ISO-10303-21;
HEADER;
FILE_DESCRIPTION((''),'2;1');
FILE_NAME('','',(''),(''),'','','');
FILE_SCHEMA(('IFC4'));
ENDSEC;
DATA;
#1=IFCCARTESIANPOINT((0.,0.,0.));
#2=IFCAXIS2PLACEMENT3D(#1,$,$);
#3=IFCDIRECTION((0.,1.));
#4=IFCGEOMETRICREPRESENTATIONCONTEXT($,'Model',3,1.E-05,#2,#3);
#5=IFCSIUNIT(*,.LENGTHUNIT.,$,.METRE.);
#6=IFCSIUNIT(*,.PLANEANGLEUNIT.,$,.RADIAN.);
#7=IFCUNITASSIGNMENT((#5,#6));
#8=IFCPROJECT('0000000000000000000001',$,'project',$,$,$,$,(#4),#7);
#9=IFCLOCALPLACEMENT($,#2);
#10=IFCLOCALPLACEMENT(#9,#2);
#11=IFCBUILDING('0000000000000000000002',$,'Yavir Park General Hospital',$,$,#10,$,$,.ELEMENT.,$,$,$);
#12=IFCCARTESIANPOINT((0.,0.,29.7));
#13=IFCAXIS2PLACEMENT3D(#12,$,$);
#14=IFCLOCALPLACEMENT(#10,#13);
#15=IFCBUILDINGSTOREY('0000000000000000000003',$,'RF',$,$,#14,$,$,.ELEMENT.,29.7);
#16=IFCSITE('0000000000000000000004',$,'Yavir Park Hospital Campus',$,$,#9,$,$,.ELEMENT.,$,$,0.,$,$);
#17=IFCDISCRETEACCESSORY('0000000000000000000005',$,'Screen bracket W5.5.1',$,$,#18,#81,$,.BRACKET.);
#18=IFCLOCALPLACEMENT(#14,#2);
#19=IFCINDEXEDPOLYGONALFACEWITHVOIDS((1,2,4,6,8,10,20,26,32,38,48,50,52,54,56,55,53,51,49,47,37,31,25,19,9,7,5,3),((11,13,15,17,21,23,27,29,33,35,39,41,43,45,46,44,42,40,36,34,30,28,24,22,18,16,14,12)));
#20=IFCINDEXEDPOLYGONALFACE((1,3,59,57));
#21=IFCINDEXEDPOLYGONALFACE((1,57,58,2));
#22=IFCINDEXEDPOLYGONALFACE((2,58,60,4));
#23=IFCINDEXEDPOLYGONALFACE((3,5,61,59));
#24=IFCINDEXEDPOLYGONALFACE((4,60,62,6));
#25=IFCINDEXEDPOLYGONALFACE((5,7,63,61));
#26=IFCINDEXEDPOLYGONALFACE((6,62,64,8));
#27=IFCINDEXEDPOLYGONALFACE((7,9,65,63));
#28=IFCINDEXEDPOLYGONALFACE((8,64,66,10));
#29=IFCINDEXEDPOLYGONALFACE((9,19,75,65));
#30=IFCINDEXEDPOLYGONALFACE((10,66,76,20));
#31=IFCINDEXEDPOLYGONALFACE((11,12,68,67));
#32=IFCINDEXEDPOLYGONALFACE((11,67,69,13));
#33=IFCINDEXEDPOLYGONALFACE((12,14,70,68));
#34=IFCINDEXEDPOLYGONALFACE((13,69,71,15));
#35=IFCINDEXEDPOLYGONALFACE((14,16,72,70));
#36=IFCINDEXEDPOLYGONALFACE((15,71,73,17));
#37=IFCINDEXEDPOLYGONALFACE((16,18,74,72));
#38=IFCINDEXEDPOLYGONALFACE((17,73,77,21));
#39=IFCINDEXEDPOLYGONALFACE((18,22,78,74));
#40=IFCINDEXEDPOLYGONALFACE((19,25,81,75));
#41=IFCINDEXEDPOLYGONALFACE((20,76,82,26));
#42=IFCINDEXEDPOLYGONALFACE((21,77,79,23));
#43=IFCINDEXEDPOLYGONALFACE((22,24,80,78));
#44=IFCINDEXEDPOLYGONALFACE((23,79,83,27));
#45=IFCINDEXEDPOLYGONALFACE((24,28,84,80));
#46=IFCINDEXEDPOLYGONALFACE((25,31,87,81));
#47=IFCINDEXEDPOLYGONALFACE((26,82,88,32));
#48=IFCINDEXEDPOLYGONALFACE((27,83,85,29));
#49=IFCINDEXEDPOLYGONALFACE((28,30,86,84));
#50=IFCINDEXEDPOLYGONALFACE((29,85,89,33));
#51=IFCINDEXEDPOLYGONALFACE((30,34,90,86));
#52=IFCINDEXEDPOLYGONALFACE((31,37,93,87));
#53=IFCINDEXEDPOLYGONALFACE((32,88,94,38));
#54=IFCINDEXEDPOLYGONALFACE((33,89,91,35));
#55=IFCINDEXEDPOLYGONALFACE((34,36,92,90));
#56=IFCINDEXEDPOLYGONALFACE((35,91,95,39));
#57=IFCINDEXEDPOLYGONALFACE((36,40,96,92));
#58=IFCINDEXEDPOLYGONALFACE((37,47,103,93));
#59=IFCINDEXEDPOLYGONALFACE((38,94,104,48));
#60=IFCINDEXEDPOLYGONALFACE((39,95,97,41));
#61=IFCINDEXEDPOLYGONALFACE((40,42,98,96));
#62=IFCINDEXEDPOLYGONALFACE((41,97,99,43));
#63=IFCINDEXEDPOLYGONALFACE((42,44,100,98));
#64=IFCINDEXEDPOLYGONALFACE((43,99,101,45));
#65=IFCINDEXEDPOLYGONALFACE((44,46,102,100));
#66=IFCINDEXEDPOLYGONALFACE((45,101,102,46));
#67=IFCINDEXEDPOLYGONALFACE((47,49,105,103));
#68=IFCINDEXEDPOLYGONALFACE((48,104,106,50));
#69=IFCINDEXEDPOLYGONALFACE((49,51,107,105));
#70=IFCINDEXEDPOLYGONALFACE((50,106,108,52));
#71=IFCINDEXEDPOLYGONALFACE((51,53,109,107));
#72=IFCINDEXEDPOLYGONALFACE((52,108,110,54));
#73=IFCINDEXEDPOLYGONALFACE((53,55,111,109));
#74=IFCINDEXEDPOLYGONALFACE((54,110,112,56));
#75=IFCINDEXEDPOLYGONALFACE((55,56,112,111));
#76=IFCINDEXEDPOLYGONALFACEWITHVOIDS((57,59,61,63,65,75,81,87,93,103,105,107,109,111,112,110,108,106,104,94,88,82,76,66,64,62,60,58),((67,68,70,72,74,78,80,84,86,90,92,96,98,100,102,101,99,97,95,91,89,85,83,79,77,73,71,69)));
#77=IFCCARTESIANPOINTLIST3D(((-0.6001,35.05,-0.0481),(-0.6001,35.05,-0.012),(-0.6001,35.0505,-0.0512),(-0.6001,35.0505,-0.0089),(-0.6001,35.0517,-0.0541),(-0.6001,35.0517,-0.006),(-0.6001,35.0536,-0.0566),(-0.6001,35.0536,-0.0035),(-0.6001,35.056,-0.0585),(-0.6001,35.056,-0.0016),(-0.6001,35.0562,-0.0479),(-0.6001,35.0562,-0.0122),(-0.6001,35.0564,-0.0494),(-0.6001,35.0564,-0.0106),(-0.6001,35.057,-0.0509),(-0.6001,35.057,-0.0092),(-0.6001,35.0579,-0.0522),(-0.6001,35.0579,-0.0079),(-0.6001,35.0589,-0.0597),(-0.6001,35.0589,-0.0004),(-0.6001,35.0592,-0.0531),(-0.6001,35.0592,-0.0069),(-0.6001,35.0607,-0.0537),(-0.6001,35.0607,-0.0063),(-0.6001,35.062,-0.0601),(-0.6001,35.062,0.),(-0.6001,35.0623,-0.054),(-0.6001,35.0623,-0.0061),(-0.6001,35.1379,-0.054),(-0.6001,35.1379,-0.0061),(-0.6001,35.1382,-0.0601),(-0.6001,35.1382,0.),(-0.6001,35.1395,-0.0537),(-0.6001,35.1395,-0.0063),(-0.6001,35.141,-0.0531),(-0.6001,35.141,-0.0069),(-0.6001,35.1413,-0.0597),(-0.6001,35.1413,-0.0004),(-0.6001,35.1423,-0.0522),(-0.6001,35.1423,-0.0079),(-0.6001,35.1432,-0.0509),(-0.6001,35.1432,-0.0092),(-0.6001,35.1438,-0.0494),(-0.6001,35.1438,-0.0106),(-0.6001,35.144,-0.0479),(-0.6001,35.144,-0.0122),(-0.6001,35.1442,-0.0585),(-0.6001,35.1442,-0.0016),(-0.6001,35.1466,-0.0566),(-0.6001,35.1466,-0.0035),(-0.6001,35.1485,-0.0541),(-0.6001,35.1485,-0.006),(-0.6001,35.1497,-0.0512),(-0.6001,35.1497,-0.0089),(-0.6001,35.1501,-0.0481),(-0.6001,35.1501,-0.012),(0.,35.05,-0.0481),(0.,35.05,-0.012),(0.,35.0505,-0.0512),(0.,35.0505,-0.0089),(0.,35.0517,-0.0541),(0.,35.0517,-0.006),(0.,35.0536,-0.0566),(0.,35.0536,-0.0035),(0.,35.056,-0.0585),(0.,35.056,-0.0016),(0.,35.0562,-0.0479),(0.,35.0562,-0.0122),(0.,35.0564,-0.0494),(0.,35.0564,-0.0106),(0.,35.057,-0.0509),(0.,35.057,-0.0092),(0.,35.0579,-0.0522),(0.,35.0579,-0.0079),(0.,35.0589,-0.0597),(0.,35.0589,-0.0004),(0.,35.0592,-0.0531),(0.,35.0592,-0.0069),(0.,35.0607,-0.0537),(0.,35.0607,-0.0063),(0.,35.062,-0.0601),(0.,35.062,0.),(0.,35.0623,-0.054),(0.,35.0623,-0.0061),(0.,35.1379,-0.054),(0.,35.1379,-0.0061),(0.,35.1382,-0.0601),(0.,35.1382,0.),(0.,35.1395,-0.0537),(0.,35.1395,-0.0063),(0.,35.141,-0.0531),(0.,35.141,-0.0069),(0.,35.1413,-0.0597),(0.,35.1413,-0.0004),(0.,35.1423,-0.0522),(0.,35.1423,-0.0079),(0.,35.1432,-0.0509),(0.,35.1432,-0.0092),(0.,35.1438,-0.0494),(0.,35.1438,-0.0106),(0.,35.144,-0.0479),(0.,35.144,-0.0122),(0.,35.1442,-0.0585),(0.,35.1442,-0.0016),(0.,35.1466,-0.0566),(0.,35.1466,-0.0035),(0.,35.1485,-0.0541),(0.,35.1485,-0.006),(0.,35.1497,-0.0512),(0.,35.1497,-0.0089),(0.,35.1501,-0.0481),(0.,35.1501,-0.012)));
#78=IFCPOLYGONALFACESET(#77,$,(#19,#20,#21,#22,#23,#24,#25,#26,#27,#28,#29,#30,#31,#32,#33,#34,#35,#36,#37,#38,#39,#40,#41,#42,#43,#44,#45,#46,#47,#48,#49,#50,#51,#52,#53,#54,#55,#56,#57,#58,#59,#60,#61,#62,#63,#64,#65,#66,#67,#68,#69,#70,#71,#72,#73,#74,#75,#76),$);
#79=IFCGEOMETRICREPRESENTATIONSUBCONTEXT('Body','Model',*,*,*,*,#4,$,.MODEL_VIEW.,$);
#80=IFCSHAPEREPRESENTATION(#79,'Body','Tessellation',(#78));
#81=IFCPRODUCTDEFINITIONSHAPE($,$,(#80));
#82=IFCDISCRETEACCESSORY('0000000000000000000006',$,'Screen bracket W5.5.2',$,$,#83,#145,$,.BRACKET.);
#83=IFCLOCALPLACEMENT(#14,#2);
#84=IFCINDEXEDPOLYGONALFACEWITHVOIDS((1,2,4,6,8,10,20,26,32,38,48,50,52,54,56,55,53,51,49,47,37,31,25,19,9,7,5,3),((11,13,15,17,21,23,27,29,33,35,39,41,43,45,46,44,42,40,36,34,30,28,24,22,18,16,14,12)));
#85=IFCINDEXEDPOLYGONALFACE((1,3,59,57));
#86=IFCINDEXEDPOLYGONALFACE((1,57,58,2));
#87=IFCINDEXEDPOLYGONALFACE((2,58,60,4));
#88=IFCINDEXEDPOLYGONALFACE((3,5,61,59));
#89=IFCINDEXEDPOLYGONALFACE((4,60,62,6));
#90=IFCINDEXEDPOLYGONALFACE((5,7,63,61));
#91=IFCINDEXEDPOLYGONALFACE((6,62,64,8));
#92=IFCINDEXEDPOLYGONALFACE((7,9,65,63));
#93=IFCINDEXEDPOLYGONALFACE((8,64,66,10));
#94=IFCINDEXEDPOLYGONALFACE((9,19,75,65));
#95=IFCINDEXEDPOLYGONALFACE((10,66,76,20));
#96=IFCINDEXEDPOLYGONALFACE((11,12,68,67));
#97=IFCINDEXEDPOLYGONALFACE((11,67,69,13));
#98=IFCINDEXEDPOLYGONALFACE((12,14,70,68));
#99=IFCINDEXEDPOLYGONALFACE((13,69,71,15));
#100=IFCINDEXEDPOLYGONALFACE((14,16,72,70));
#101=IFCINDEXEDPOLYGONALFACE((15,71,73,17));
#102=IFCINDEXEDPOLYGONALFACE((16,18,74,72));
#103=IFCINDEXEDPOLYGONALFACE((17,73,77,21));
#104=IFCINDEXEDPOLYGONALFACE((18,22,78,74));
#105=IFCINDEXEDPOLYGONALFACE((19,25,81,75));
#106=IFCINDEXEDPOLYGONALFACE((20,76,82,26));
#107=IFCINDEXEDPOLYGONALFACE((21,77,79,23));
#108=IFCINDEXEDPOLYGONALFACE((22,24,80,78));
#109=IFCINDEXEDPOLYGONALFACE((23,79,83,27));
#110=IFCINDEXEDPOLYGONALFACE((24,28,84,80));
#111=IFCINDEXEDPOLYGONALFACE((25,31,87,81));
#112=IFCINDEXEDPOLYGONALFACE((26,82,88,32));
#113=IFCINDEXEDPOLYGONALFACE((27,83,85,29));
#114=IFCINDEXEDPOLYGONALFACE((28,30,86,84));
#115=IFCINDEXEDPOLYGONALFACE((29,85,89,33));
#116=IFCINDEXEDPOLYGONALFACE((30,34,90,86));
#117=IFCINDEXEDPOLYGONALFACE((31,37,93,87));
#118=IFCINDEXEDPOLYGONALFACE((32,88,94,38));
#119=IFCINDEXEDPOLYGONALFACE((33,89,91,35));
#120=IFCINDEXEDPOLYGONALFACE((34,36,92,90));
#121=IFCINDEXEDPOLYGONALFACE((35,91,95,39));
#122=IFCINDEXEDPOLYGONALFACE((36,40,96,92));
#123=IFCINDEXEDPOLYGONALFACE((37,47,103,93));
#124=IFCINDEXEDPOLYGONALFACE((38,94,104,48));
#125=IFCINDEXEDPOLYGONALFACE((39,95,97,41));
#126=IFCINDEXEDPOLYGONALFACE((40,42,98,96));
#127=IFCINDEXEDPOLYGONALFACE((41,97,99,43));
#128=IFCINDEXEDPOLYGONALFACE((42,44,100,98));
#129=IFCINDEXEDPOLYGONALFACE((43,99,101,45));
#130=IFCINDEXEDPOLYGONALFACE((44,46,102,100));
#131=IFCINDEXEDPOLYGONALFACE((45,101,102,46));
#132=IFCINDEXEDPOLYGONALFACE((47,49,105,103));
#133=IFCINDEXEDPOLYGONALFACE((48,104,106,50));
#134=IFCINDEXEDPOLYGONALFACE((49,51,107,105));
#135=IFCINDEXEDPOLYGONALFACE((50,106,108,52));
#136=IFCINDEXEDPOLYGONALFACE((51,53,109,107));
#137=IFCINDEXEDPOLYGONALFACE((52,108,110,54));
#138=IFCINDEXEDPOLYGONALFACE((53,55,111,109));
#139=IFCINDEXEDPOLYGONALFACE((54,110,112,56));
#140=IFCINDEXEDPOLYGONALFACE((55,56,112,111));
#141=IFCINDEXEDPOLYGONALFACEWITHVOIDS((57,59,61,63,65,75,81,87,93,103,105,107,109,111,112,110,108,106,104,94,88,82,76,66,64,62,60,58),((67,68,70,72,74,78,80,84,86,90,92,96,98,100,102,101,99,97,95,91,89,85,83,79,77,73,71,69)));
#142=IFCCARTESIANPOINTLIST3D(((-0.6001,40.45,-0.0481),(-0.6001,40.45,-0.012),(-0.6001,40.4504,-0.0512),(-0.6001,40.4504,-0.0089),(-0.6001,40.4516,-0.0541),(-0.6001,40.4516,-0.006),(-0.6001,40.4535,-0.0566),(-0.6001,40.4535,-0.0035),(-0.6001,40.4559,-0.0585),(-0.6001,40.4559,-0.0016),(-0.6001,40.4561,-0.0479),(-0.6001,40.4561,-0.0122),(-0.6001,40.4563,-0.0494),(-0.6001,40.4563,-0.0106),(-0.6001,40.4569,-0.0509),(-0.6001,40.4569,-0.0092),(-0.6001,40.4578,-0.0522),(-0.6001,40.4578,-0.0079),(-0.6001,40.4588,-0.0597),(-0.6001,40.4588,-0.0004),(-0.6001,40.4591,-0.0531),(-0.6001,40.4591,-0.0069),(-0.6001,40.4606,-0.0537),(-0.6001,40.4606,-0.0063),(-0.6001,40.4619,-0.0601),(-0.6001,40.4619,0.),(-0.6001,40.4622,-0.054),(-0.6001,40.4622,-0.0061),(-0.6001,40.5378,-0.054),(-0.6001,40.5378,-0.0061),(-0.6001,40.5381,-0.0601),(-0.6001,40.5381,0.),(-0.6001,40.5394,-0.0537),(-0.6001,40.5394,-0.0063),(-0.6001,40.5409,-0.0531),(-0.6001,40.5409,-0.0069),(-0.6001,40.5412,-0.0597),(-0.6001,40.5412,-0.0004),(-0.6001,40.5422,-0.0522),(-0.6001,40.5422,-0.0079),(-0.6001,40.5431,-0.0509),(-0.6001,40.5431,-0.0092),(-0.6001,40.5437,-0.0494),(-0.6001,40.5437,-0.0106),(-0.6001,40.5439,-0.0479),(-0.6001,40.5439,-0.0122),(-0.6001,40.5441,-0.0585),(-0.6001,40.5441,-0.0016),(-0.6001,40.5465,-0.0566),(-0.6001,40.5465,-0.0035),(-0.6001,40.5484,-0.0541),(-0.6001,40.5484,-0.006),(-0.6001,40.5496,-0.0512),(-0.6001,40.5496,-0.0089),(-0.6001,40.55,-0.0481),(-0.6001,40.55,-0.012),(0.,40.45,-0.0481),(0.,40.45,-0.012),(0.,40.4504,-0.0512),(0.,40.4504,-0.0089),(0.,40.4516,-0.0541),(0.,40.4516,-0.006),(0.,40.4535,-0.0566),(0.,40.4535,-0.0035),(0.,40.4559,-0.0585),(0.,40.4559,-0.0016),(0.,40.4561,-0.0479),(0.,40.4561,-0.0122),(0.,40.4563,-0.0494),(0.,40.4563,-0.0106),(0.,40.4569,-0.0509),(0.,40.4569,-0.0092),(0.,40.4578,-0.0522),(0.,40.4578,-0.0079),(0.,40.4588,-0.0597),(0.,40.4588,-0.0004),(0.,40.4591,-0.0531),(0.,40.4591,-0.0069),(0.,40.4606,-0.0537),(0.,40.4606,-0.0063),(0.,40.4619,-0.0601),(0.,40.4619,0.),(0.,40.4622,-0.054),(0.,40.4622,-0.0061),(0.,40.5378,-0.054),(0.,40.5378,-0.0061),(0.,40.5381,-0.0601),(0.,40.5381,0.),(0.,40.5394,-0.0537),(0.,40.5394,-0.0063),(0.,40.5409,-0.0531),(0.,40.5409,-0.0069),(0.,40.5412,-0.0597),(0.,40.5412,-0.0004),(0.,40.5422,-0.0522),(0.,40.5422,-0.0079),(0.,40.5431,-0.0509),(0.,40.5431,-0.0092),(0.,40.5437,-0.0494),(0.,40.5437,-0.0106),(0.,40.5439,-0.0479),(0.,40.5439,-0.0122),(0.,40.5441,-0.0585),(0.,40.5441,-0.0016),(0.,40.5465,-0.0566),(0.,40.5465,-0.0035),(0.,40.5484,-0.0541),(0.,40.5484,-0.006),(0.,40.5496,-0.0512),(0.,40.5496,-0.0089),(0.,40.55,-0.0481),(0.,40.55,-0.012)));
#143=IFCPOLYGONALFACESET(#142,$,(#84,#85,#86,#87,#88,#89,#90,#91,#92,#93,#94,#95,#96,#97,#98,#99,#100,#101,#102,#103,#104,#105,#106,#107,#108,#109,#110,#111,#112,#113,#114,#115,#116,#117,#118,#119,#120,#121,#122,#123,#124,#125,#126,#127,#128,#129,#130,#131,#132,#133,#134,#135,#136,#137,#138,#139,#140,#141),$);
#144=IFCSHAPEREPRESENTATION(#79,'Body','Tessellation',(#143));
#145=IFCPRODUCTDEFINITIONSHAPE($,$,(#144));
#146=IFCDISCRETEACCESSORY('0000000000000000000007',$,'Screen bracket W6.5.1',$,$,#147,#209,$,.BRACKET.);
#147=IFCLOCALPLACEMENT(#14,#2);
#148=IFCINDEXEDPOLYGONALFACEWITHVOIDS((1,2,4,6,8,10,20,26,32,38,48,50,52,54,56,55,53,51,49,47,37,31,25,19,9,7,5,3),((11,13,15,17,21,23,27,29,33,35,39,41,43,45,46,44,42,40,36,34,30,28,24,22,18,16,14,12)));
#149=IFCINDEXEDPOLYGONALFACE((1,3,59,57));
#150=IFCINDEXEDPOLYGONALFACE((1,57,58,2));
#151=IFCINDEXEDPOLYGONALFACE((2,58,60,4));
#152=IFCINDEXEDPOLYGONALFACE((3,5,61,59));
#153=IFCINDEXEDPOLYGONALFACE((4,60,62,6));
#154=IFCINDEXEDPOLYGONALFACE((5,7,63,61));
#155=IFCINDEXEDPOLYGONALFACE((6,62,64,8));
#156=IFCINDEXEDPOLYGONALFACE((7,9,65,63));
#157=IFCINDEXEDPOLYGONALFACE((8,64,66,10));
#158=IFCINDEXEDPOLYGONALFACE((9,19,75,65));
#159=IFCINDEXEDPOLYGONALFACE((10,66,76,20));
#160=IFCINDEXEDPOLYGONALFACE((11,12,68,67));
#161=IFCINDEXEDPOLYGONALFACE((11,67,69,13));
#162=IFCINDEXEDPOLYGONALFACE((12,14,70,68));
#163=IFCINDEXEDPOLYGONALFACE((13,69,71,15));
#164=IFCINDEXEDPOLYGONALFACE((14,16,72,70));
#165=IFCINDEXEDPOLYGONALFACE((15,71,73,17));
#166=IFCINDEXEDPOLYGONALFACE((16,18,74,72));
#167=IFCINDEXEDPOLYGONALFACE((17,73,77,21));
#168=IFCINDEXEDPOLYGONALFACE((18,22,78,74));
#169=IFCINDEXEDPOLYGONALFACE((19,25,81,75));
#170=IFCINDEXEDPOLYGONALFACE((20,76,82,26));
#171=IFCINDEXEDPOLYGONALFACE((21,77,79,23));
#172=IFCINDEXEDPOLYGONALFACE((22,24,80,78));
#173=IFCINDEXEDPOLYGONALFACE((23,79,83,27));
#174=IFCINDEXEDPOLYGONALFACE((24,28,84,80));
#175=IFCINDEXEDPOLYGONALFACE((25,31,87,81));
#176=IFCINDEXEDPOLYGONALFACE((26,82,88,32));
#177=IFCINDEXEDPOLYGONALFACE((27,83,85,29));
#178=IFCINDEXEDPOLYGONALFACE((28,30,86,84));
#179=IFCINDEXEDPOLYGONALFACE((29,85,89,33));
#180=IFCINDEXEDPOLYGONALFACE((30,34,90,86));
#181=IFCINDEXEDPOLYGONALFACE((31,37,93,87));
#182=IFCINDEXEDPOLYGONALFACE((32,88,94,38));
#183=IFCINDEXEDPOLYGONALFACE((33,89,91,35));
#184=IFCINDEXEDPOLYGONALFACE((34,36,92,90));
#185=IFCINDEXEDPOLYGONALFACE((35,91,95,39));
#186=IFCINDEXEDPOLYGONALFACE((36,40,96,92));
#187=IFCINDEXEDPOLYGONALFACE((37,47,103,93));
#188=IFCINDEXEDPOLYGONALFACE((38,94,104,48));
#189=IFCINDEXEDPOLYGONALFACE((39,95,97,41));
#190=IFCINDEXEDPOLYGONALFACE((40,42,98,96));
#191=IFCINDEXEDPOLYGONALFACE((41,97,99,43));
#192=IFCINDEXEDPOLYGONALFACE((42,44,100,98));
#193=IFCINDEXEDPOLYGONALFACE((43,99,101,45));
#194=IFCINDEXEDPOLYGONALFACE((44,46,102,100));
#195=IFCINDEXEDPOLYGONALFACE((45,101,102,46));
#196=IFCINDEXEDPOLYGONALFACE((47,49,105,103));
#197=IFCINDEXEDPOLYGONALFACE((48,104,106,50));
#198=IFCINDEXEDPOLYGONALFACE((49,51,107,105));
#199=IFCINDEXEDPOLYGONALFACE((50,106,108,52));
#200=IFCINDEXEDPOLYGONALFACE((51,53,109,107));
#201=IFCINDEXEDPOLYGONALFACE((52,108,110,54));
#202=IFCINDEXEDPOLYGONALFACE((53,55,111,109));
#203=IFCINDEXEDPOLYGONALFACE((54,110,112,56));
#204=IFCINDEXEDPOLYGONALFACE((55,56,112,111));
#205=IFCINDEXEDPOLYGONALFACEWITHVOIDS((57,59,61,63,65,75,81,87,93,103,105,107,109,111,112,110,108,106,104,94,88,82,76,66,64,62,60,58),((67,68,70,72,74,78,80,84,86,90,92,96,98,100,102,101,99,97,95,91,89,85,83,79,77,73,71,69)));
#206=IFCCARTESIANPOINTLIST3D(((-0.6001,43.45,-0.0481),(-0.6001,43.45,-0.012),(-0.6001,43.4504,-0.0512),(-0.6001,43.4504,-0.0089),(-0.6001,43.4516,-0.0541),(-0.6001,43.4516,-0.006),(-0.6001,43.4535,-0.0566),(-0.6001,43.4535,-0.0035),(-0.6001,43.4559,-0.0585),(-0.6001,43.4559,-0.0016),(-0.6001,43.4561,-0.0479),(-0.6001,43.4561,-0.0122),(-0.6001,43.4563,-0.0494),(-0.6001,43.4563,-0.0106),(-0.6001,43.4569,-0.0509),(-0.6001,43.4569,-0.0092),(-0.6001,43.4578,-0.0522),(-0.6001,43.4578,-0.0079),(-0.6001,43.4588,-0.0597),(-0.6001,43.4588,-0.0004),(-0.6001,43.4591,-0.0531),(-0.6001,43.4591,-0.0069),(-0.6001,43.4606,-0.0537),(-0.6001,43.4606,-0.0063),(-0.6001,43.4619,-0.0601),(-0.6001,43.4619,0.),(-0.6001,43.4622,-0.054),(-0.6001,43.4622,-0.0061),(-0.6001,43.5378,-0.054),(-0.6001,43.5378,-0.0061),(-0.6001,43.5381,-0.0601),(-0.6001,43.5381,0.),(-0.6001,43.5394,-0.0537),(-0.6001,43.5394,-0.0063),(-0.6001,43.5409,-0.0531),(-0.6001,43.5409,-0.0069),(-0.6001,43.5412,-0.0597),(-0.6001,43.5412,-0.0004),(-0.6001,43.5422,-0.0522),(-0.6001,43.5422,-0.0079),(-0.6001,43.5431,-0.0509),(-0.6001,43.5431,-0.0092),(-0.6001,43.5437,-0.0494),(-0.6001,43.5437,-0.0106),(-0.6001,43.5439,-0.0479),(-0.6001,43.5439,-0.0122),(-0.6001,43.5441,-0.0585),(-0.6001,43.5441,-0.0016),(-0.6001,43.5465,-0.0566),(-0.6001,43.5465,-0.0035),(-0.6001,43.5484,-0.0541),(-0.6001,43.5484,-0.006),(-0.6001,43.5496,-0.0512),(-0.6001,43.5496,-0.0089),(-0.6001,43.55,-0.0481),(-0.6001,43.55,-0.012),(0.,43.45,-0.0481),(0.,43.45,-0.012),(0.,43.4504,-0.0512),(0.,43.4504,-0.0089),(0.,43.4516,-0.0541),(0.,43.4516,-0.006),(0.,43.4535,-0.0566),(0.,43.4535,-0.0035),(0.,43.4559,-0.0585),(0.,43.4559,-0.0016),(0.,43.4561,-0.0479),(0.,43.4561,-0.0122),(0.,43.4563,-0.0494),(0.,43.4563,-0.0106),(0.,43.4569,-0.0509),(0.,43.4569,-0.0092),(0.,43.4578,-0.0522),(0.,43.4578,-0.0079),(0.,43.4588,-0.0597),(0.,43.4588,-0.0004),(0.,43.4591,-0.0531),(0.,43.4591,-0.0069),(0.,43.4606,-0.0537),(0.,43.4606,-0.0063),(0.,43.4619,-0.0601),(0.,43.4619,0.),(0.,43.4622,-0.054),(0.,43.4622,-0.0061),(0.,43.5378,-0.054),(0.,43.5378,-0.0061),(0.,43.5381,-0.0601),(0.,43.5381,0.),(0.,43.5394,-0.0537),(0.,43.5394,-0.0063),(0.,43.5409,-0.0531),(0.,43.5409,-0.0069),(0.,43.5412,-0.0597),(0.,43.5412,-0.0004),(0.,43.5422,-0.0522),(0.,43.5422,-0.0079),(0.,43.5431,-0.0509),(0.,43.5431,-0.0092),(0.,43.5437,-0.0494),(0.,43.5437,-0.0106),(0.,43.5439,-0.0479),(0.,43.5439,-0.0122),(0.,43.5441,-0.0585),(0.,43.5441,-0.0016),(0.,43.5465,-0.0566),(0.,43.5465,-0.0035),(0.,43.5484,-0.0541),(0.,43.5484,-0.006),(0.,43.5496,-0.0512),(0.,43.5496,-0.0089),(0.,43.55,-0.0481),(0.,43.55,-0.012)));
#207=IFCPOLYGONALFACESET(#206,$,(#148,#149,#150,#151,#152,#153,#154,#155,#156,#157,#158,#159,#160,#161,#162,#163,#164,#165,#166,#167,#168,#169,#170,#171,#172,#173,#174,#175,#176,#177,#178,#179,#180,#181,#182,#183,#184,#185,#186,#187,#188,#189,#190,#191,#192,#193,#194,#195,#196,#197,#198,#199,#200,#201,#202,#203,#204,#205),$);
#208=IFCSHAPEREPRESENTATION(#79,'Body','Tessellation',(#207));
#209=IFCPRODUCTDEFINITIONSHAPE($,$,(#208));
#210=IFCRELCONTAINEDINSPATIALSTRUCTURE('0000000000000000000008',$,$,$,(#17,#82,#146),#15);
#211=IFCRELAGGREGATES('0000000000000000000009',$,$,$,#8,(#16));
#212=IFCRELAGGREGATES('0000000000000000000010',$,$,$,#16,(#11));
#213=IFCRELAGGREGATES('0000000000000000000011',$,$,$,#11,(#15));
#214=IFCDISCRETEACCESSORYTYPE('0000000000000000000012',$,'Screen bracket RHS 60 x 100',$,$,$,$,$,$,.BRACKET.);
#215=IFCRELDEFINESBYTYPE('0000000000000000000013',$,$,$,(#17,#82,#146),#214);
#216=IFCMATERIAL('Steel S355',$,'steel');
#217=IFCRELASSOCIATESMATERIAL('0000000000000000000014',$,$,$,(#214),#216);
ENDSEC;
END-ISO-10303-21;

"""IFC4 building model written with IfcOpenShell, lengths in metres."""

from ifc_helpers import new_model, si_unit, direction, frame, origin, origin_2d, place, context, subcontext, project, spatial, hollow_rectangle, extrude, material, material_profile, profile_set, type_object, element, save


model = new_model("IFC4")

# Units and contexts
model_context = context("Model", 3, precision=1e-05, world=origin(), true_north=direction((0.0, 1.0)))
body_context = subcontext(model_context, "Body", "Model", "MODEL_VIEW")
ifc_project = project(units=[si_unit("LENGTHUNIT", "METRE"), si_unit("PLANEANGLEUNIT", "RADIAN")], contexts=[model_context])

# Site, building, storey
site_placement = place(None, origin())
site = spatial("IfcSite", under=ifc_project, at=site_placement, Name="Yavir Park Hospital Campus", CompositionType="ELEMENT", RefElevation=0.0)
building_placement = place(site_placement, origin())
building = spatial("IfcBuilding", under=site, at=building_placement, Name="Yavir Park General Hospital", CompositionType="ELEMENT")
storey_placement = place(building_placement, frame((0.0, 0.0, 29.7)))
storey = spatial("IfcBuildingStorey", under=building, at=storey_placement, Name="RF", CompositionType="ELEMENT", Elevation=29.7)

# Discrete accessories
ifc_material_1 = material(Name="Steel S355", Category="steel")
ifc_material_profile_1 = material_profile(ifc_material_1, hollow_rectangle(XDim=0.1001, YDim=0.0601, WallThickness=0.0061, InnerFilletRadius=0.0061, OuterFilletRadius=0.012, at=origin_2d()), Name="RHS60x100x6")
ifc_profile_set_1 = profile_set([ifc_material_profile_1], Name="Steel S355")
discrete_accessory_type_1 = type_object("IfcDiscreteAccessoryType", Name="Screen bracket RHS 60 x 100", PredefinedType="BRACKET", material=ifc_profile_set_1)
for number, where, z_axis, x_axis, name in (
    (1, (0.0, 35.1001, -0.03), (-1.0, 0.0, 0.0), (0.0, -1.0, 0.0), "Screen bracket W5.5.1"),
    (2, (0.0, 40.5, -0.03), (-1.0, 0.0, 0.0), (0.0, -1.0, 0.0), "Screen bracket W5.5.2"),
    (3, (0.0, 43.5, -0.03), (-1.0, 0.0, 0.0), (0.0, -1.0, 0.0), "Screen bracket W6.5.1"),
):
    element("IfcDiscreteAccessory", number, at=place(storey_placement, frame(where, z_axis=z_axis, x_axis=x_axis)), inside=storey, type_object=discrete_accessory_type_1, Name=name, PredefinedType="BRACKET", context=body_context, shape_type="SweptSolid", body=[
        extrude(hollow_rectangle(XDim=0.1001, YDim=0.0601, WallThickness=0.0061, InnerFilletRadius=0.0061, OuterFilletRadius=0.012, at=origin_2d()), origin(), (0.0, 0.0, 1.0), 0.6001),
    ])

save(model, "model.ifc")
